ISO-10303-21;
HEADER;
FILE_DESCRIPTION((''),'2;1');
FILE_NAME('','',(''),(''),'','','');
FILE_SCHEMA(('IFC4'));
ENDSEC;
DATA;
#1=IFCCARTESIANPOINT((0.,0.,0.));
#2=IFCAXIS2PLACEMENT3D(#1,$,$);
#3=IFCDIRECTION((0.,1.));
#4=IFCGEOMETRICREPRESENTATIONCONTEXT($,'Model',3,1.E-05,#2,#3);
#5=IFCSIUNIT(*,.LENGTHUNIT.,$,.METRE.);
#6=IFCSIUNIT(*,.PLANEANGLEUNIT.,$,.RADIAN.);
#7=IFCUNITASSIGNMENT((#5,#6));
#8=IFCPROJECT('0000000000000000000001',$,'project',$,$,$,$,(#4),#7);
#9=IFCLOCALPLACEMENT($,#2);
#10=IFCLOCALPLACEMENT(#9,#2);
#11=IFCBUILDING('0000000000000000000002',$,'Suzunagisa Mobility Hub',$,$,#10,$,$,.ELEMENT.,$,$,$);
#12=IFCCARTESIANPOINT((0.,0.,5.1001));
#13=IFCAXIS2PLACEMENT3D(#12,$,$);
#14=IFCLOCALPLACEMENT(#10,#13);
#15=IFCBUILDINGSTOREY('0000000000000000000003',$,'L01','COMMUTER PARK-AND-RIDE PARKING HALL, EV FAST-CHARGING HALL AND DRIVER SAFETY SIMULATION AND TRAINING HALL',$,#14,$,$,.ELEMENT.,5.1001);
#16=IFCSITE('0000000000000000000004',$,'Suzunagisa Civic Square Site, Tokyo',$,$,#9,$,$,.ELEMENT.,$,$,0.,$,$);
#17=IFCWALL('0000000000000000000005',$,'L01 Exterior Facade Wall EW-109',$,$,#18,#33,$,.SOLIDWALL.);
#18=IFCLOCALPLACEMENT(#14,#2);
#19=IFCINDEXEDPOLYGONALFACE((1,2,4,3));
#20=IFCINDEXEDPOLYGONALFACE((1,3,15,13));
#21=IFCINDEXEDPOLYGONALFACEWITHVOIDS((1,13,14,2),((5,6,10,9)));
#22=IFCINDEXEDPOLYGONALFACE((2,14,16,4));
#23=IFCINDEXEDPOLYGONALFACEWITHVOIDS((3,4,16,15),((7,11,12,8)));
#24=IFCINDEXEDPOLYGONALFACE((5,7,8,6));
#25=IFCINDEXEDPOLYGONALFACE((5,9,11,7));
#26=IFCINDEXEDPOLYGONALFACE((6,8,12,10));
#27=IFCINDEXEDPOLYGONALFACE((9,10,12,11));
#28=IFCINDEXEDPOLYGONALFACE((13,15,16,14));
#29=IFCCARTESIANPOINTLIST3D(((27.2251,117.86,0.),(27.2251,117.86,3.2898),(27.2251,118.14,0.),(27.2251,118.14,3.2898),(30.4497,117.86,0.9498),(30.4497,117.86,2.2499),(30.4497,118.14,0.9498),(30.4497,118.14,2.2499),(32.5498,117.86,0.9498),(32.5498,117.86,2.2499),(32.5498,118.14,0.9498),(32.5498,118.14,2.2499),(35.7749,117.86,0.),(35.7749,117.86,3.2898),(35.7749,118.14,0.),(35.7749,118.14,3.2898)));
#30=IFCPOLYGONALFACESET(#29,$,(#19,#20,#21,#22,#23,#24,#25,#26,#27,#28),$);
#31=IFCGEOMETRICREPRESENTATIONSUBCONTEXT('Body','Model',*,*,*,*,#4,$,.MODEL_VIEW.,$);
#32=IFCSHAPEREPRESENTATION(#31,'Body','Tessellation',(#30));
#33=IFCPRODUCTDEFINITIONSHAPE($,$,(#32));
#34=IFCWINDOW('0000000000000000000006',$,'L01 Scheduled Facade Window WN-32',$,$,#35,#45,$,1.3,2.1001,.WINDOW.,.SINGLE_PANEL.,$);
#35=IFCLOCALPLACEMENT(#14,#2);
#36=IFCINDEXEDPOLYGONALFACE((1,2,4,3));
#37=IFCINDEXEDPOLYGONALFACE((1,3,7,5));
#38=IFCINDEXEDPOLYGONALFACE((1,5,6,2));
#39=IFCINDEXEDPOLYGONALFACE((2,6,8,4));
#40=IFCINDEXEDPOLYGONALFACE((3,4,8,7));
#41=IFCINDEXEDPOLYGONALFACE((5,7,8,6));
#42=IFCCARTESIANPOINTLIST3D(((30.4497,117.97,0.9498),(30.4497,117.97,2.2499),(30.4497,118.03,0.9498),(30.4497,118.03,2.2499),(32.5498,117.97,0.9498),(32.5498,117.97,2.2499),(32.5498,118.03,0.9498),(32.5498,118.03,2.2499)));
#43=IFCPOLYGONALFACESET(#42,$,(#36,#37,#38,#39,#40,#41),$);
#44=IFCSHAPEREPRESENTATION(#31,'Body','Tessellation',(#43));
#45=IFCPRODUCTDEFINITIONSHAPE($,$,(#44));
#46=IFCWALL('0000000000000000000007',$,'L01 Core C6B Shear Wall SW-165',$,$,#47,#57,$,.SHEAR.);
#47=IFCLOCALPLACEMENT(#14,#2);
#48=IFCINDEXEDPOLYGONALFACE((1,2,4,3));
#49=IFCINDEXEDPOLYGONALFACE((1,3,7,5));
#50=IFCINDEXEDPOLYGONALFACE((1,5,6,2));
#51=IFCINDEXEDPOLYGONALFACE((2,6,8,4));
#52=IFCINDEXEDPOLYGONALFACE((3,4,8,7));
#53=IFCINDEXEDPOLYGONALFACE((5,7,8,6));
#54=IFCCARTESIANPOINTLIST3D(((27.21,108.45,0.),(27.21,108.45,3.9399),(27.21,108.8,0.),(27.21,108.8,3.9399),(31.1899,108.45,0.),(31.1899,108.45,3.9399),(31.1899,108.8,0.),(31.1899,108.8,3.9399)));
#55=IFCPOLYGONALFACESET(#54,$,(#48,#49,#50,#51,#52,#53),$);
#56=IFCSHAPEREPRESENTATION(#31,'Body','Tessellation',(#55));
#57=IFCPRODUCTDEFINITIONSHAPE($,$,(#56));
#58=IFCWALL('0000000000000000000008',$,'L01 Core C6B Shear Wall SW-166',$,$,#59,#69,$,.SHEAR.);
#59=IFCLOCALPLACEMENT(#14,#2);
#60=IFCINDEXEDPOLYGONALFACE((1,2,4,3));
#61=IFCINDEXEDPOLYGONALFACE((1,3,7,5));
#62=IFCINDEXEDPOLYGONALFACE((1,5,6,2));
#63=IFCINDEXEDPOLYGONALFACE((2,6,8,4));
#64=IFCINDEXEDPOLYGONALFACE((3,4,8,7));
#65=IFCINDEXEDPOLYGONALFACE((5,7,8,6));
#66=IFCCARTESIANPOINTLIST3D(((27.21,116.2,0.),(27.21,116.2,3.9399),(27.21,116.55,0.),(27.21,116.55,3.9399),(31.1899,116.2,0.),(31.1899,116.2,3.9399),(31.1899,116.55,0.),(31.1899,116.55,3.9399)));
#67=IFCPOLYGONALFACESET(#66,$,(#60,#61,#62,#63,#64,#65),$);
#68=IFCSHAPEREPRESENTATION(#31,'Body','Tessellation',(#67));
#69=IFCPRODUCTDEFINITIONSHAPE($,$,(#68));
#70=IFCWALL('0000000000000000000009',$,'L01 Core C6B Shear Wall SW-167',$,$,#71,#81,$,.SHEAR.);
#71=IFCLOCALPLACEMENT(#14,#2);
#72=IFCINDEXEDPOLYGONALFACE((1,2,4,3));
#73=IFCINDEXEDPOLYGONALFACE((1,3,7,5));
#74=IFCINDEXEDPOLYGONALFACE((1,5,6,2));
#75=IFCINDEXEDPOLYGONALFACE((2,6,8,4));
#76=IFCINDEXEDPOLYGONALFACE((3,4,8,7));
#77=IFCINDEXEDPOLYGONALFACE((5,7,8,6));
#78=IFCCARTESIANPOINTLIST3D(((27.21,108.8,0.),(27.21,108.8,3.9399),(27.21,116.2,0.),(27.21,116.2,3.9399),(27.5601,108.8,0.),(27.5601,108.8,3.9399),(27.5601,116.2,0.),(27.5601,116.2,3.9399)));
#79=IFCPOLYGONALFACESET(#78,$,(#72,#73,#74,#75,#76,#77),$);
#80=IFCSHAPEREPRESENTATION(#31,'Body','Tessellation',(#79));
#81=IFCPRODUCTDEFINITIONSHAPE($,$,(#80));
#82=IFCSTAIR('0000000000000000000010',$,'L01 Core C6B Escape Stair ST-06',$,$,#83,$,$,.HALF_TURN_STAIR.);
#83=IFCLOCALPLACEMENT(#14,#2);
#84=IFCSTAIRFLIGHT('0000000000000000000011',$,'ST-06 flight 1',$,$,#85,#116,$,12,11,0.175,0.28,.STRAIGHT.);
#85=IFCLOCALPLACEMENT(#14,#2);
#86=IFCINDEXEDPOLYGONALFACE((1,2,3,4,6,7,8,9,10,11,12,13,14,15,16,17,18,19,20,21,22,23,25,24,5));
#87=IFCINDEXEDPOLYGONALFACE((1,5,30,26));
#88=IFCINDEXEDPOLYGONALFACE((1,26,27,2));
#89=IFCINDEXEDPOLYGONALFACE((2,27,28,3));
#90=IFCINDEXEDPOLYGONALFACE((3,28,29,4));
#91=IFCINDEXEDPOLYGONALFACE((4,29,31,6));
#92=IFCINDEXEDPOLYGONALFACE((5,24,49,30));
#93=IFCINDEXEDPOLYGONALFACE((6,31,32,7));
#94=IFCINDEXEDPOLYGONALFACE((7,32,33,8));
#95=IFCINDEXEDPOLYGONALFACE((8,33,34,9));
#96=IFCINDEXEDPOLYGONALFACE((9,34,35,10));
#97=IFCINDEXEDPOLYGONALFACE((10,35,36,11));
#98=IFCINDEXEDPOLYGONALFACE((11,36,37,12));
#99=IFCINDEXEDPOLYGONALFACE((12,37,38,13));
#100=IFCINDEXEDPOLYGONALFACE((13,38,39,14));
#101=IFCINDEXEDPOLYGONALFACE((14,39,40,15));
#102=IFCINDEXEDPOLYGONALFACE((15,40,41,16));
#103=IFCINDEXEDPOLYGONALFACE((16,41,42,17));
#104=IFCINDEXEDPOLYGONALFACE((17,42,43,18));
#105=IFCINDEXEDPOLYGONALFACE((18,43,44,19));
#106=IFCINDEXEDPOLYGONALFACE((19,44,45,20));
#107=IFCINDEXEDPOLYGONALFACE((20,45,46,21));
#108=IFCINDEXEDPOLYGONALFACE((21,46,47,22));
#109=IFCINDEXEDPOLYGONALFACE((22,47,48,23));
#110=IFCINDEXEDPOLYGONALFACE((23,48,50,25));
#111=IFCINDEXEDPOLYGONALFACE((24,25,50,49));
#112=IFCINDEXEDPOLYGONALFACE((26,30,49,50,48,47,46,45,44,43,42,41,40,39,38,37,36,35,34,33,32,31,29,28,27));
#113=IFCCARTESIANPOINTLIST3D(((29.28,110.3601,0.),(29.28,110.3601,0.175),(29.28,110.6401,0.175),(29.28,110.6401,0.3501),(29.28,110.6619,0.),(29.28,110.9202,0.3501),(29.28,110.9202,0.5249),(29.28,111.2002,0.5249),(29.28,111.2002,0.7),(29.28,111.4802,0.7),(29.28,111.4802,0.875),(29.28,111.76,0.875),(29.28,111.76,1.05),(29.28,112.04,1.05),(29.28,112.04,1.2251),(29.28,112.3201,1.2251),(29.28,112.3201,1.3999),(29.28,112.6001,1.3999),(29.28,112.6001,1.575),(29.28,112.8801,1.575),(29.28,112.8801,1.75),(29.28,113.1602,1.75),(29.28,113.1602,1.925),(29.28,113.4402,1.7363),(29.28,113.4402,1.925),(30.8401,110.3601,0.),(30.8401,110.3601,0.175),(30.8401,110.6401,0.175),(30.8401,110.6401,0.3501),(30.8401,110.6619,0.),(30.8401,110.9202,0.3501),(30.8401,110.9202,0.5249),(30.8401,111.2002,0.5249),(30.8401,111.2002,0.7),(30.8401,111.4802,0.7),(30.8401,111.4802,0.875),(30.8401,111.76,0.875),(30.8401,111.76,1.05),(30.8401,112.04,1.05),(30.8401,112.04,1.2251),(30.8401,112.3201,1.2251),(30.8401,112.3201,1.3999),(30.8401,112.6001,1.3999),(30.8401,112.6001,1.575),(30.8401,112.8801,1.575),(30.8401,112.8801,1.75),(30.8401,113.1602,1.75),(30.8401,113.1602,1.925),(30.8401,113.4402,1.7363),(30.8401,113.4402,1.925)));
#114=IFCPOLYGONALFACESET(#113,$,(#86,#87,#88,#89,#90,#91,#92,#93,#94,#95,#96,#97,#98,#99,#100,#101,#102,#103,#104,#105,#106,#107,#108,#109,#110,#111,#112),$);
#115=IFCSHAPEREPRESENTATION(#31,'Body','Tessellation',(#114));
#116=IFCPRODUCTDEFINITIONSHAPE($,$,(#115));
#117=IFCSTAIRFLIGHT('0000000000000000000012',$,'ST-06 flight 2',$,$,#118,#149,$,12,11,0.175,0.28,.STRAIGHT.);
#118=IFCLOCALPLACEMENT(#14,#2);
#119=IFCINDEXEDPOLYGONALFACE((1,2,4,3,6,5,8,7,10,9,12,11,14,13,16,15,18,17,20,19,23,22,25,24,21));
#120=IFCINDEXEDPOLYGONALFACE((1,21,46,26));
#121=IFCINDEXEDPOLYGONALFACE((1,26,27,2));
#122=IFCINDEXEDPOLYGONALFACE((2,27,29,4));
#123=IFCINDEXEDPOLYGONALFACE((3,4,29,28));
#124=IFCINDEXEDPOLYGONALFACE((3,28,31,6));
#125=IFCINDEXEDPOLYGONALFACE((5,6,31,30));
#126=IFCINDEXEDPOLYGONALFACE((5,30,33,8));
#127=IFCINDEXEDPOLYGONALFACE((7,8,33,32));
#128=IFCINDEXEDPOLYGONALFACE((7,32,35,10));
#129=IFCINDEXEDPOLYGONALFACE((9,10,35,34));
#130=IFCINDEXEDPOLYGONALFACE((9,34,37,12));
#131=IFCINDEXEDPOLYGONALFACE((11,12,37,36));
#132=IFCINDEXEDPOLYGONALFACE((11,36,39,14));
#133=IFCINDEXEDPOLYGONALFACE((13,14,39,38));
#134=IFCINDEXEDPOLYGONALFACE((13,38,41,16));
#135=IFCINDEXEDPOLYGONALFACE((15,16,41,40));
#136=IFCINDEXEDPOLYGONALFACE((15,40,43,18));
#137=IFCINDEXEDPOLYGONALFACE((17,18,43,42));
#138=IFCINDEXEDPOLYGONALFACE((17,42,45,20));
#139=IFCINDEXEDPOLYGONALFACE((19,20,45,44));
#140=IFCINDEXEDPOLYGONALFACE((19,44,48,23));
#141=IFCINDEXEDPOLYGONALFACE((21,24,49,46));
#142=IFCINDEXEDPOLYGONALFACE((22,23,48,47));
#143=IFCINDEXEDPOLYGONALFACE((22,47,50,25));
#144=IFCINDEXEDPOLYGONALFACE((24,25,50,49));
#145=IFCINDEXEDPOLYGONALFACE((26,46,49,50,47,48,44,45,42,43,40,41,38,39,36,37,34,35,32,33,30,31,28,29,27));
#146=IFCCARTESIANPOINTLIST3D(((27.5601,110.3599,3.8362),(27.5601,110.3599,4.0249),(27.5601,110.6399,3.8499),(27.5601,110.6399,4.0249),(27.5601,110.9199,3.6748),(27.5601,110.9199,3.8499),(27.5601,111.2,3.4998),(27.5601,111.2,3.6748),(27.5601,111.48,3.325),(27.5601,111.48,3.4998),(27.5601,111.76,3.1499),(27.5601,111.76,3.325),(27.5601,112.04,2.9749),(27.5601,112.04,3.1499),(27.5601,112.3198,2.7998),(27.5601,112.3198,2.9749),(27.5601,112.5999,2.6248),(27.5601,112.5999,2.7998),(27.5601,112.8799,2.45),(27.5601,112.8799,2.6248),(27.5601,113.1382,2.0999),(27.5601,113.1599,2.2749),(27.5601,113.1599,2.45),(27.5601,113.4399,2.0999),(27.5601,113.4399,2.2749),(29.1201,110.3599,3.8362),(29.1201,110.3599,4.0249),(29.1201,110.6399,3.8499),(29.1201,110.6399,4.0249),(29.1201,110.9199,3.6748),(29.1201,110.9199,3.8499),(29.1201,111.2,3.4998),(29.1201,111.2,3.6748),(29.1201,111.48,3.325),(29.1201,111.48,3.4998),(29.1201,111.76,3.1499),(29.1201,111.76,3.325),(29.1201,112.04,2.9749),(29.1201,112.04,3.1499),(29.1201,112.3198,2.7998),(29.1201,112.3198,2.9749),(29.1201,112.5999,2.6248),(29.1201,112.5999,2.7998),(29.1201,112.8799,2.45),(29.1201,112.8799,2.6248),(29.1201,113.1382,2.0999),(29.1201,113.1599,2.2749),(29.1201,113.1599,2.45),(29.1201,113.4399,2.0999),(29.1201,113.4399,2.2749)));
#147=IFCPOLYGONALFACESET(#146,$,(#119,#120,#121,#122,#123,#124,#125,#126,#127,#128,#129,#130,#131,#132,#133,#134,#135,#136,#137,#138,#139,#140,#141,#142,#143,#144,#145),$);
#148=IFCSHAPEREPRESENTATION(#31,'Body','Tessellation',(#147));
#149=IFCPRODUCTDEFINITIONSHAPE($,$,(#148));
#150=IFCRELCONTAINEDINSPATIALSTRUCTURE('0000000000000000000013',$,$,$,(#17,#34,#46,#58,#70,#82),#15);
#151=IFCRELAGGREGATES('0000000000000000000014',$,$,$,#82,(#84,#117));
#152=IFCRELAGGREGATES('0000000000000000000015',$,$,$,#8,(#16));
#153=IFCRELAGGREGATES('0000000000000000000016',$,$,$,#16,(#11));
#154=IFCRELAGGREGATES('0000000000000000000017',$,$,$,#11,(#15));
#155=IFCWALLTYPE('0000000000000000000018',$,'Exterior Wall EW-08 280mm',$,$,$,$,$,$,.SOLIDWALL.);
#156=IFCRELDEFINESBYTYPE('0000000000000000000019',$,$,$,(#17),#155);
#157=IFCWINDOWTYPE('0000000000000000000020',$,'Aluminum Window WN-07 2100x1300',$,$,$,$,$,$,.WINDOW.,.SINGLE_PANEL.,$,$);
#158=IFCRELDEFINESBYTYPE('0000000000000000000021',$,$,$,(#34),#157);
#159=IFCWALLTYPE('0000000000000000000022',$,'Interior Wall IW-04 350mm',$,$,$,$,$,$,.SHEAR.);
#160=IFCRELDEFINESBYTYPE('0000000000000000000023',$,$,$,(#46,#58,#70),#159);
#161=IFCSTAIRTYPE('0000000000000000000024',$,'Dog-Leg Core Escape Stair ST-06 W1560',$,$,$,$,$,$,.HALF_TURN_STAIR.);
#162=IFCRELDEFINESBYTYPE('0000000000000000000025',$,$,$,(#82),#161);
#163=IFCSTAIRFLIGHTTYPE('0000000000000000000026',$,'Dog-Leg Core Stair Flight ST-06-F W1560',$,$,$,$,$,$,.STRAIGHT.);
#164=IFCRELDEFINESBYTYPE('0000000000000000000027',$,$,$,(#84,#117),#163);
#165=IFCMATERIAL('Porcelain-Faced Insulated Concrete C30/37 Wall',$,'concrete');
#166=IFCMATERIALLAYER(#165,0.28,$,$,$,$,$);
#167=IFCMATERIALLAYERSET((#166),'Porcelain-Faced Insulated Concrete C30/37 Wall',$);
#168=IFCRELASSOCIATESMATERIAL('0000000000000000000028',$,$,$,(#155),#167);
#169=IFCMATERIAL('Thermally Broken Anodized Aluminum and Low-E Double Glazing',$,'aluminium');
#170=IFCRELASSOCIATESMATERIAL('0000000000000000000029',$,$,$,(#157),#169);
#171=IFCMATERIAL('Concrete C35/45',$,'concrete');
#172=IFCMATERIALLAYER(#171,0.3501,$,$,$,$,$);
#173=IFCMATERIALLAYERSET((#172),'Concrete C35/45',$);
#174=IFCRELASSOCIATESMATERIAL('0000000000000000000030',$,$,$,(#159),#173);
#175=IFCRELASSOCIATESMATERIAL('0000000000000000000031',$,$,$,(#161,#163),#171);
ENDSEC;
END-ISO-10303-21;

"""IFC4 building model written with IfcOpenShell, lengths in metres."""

from ifc_helpers import new_model, si_unit, direction, frame, frame_2d, origin, place, context, subcontext, project, spatial, polyline, rectangle, outline, extrude, material, layer, layer_set, type_object, element, fill, aggregate, save


model = new_model("IFC4")

# Units and contexts
model_context = context("Model", 3, precision=1e-05, world=origin(), true_north=direction((0.0, 1.0)))
body_context = subcontext(model_context, "Body", "Model", "MODEL_VIEW")
ifc_project = project(units=[si_unit("LENGTHUNIT", "METRE"), si_unit("PLANEANGLEUNIT", "RADIAN")], contexts=[model_context])

# Site, building, storey
site_placement = place(None, origin())
site = spatial("IfcSite", under=ifc_project, at=site_placement, Name="Suzunagisa Civic Square Site, Tokyo", CompositionType="ELEMENT", RefElevation=0.0)
building_placement = place(site_placement, origin())
building = spatial("IfcBuilding", under=site, at=building_placement, Name="Suzunagisa Mobility Hub", CompositionType="ELEMENT")
storey_placement = place(building_placement, frame((0.0, 0.0, 5.1001)))
storey = spatial("IfcBuildingStorey", under=building, at=storey_placement, Name="L01", Description="COMMUTER PARK-AND-RIDE PARKING HALL, EV FAST-CHARGING HALL AND DRIVER SAFETY SIMULATION AND TRAINING HALL", CompositionType="ELEMENT", Elevation=5.1001)

# Shared definitions
ifc_material_1 = material(Name="Concrete C35/45", Category="concrete")

# Shared definitions
ifc_material_2 = material(Name="Porcelain-Faced Insulated Concrete C30/37 Wall", Category="concrete")

# Wall, opening, window
ifc_layer_1 = layer(ifc_material_2, 0.28)
ifc_layer_set_1 = layer_set([ifc_layer_1], Name="Porcelain-Faced Insulated Concrete C30/37 Wall")
wall_type_1 = type_object("IfcWallType", Name="Exterior Wall EW-08 280mm", PredefinedType="SOLIDWALL", material=ifc_layer_set_1)
wall_1_placement = place(storey_placement, frame((35.7749, 118.0, 0.0), z_axis=(0.0, 0.0, 1.0), x_axis=(-1.0, 0.0, 0.0)))
wall_1 = element("IfcWall", 1, at=wall_1_placement, inside=storey, type_object=wall_type_1, Name="L01 Exterior Facade Wall EW-109", PredefinedType="SOLIDWALL", context=body_context, shape_type="SweptSolid", body=[
    extrude(rectangle(XDim=8.5498, YDim=0.28, at=frame_2d((4.2749, 0.0))), origin(), (0.0, 0.0, 1.0), 3.2898),
])
opening_1_placement = place(wall_1_placement, frame((3.2251, 0.0, 0.95)))
opening_1 = element("IfcOpeningElement", 2, at=opening_1_placement, cuts=wall_1, PredefinedType="OPENING", context=body_context, shape_type="SweptSolid", body=[
    extrude(rectangle(XDim=2.1001, YDim=1.3, at=frame_2d((1.05, 0.6499))), frame((0.0, 0.1509, 0.0), z_axis=(0.0, -1.0, 0.0), x_axis=(1.0, 0.0, 0.0)), (0.0, 0.0, 1.0), 0.302),
])
ifc_material_3 = material(Name="Thermally Broken Anodized Aluminum and Low-E Double Glazing", Category="aluminium")
window_type = type_object("IfcWindowType", Name="Aluminum Window WN-07 2100x1300", PartitioningType="SINGLE_PANEL", PredefinedType="WINDOW", material=ifc_material_3)
window_placement = place(opening_1_placement, origin())
window = element("IfcWindow", 3, at=window_placement, inside=storey, type_object=window_type, Name="L01 Scheduled Facade Window WN-32", OverallHeight=1.3, OverallWidth=2.1001, PartitioningType="SINGLE_PANEL", PredefinedType="WINDOW", context=body_context, shape_type="SweptSolid", body=[
    extrude(rectangle(XDim=2.1001, YDim=1.3, at=frame_2d((1.05, 0.6499))), frame((0.0, 0.03, 0.0), z_axis=(0.0, -1.0, 0.0), x_axis=(1.0, 0.0, 0.0)), (0.0, 0.0, 1.0), 0.0601),
])
fill(opening_1, window)

# Walls
ifc_layer_2 = layer(ifc_material_1, 0.3501)
ifc_layer_set_2 = layer_set([ifc_layer_2], Name="Concrete C35/45")
wall_type_2 = type_object("IfcWallType", Name="Interior Wall IW-04 350mm", PredefinedType="SHEAR", material=ifc_layer_set_2)
for number, where, z_axis, x_axis, name in (
    (4, (27.21, 108.625, 0.0), (0.0, 0.0, 1.0), (1.0, 0.0, 0.0), "L01 Core C6B Shear Wall SW-165"),
    (5, (27.21, 116.375, 0.0), (0.0, 0.0, 1.0), (1.0, 0.0, 0.0), "L01 Core C6B Shear Wall SW-166"),
):
    element("IfcWall", number, at=place(storey_placement, frame(where, z_axis=z_axis, x_axis=x_axis)), inside=storey, type_object=wall_type_2, Name=name, PredefinedType="SHEAR", context=body_context, shape_type="SweptSolid", body=[
        extrude(rectangle(XDim=3.98, YDim=0.3501, at=frame_2d((1.99, 0.0))), origin(), (0.0, 0.0, 1.0), 3.9399),
    ])
wall_2_placement = place(storey_placement, frame((27.385, 108.8, 0.0), z_axis=(0.0, 0.0, 1.0), x_axis=(0.0, 1.0, 0.0)))
element("IfcWall", 6, at=wall_2_placement, inside=storey, type_object=wall_type_2, Name="L01 Core C6B Shear Wall SW-167", PredefinedType="SHEAR", context=body_context, shape_type="SweptSolid", body=[
    extrude(rectangle(XDim=7.3999, YDim=0.3501, at=frame_2d((3.7, 0.0))), origin(), (0.0, 0.0, 1.0), 3.9399),
])

# Stair, stair flights
stair_type = type_object("IfcStairType", Name="Dog-Leg Core Escape Stair ST-06 W1560", PredefinedType="HALF_TURN_STAIR", material=ifc_material_1)
stair_placement = place(storey_placement, origin())
stair = element("IfcStair", 7, at=stair_placement, inside=storey, type_object=stair_type, Name="L01 Core C6B Escape Stair ST-06", PredefinedType="HALF_TURN_STAIR")
stair_flight_type = type_object("IfcStairFlightType", Name="Dog-Leg Core Stair Flight ST-06-F W1560", PredefinedType="STRAIGHT", material=ifc_material_1)
stair_flight_1_placement = place(storey_placement, frame((30.0601, 110.3601, 0.0), z_axis=(0.0, 0.0, 1.0), x_axis=(0.0, 1.0, 0.0)))
stair_flight_1 = element("IfcStairFlight", 8, at=stair_flight_1_placement, type_object=stair_flight_type, Name="ST-06 flight 1", NumberOfRisers=12, NumberOfTreads=11, PredefinedType="STRAIGHT", RiserHeight=0.175, TreadLength=0.28, context=body_context, shape_type="SweptSolid", body=[
    extrude(outline(polyline([(0.0, 0.0), (0.0, 0.175), (0.28, 0.175), (0.28, 0.3501), (0.5601, 0.3501), (0.5601, 0.5249), (0.8401, 0.5249), (0.8401, 0.7), (1.1201, 0.7), (1.1201, 0.875), (1.3999, 0.875), (1.3999, 1.05), (1.6799, 1.05), (1.6799, 1.2251), (1.96, 1.2251), (1.96, 1.3999), (2.24, 1.3999), (2.24, 1.575), (2.52, 1.575), (2.52, 1.75), (2.8, 1.75), (2.8, 1.925), (3.0801, 1.925), (3.0801, 2.1001), (3.0801, 1.7363), (0.3018, 0.0), (0.0, 0.0)])), frame((0.0, 0.78, 0.0), z_axis=(0.0, -1.0, 0.0), x_axis=(1.0, 0.0, 0.0)), (0.0, 0.0, 1.0), 1.5601),
])
stair_flight_2_placement = place(storey_placement, frame((28.3401, 113.4399, 2.0999), z_axis=(0.0, 0.0, 1.0), x_axis=(0.0, -1.0, 0.0)))
stair_flight_2 = element("IfcStairFlight", 9, at=stair_flight_2_placement, type_object=stair_flight_type, Name="ST-06 flight 2", NumberOfRisers=12, NumberOfTreads=11, PredefinedType="STRAIGHT", RiserHeight=0.175, TreadLength=0.28, context=body_context, shape_type="SweptSolid", body=[
    extrude(outline(polyline([(0.0, 0.0), (0.0, 0.175), (0.28, 0.175), (0.28, 0.3501), (0.5601, 0.3501), (0.5601, 0.5249), (0.8401, 0.5249), (0.8401, 0.7), (1.1201, 0.7), (1.1201, 0.875), (1.3999, 0.875), (1.3999, 1.05), (1.6799, 1.05), (1.6799, 1.2251), (1.96, 1.2251), (1.96, 1.3999), (2.24, 1.3999), (2.24, 1.575), (2.52, 1.575), (2.52, 1.75), (2.8, 1.75), (2.8, 1.925), (3.0801, 1.925), (3.0801, 2.1001), (3.0801, 1.7363), (0.3018, 0.0), (0.0, 0.0)])), frame((0.0, 0.78, 0.0), z_axis=(0.0, -1.0, 0.0), x_axis=(1.0, 0.0, 0.0)), (0.0, 0.0, 1.0), 1.5601),
])
aggregate(stair, [stair_flight_1, stair_flight_2])

save(model, "model.ifc")
